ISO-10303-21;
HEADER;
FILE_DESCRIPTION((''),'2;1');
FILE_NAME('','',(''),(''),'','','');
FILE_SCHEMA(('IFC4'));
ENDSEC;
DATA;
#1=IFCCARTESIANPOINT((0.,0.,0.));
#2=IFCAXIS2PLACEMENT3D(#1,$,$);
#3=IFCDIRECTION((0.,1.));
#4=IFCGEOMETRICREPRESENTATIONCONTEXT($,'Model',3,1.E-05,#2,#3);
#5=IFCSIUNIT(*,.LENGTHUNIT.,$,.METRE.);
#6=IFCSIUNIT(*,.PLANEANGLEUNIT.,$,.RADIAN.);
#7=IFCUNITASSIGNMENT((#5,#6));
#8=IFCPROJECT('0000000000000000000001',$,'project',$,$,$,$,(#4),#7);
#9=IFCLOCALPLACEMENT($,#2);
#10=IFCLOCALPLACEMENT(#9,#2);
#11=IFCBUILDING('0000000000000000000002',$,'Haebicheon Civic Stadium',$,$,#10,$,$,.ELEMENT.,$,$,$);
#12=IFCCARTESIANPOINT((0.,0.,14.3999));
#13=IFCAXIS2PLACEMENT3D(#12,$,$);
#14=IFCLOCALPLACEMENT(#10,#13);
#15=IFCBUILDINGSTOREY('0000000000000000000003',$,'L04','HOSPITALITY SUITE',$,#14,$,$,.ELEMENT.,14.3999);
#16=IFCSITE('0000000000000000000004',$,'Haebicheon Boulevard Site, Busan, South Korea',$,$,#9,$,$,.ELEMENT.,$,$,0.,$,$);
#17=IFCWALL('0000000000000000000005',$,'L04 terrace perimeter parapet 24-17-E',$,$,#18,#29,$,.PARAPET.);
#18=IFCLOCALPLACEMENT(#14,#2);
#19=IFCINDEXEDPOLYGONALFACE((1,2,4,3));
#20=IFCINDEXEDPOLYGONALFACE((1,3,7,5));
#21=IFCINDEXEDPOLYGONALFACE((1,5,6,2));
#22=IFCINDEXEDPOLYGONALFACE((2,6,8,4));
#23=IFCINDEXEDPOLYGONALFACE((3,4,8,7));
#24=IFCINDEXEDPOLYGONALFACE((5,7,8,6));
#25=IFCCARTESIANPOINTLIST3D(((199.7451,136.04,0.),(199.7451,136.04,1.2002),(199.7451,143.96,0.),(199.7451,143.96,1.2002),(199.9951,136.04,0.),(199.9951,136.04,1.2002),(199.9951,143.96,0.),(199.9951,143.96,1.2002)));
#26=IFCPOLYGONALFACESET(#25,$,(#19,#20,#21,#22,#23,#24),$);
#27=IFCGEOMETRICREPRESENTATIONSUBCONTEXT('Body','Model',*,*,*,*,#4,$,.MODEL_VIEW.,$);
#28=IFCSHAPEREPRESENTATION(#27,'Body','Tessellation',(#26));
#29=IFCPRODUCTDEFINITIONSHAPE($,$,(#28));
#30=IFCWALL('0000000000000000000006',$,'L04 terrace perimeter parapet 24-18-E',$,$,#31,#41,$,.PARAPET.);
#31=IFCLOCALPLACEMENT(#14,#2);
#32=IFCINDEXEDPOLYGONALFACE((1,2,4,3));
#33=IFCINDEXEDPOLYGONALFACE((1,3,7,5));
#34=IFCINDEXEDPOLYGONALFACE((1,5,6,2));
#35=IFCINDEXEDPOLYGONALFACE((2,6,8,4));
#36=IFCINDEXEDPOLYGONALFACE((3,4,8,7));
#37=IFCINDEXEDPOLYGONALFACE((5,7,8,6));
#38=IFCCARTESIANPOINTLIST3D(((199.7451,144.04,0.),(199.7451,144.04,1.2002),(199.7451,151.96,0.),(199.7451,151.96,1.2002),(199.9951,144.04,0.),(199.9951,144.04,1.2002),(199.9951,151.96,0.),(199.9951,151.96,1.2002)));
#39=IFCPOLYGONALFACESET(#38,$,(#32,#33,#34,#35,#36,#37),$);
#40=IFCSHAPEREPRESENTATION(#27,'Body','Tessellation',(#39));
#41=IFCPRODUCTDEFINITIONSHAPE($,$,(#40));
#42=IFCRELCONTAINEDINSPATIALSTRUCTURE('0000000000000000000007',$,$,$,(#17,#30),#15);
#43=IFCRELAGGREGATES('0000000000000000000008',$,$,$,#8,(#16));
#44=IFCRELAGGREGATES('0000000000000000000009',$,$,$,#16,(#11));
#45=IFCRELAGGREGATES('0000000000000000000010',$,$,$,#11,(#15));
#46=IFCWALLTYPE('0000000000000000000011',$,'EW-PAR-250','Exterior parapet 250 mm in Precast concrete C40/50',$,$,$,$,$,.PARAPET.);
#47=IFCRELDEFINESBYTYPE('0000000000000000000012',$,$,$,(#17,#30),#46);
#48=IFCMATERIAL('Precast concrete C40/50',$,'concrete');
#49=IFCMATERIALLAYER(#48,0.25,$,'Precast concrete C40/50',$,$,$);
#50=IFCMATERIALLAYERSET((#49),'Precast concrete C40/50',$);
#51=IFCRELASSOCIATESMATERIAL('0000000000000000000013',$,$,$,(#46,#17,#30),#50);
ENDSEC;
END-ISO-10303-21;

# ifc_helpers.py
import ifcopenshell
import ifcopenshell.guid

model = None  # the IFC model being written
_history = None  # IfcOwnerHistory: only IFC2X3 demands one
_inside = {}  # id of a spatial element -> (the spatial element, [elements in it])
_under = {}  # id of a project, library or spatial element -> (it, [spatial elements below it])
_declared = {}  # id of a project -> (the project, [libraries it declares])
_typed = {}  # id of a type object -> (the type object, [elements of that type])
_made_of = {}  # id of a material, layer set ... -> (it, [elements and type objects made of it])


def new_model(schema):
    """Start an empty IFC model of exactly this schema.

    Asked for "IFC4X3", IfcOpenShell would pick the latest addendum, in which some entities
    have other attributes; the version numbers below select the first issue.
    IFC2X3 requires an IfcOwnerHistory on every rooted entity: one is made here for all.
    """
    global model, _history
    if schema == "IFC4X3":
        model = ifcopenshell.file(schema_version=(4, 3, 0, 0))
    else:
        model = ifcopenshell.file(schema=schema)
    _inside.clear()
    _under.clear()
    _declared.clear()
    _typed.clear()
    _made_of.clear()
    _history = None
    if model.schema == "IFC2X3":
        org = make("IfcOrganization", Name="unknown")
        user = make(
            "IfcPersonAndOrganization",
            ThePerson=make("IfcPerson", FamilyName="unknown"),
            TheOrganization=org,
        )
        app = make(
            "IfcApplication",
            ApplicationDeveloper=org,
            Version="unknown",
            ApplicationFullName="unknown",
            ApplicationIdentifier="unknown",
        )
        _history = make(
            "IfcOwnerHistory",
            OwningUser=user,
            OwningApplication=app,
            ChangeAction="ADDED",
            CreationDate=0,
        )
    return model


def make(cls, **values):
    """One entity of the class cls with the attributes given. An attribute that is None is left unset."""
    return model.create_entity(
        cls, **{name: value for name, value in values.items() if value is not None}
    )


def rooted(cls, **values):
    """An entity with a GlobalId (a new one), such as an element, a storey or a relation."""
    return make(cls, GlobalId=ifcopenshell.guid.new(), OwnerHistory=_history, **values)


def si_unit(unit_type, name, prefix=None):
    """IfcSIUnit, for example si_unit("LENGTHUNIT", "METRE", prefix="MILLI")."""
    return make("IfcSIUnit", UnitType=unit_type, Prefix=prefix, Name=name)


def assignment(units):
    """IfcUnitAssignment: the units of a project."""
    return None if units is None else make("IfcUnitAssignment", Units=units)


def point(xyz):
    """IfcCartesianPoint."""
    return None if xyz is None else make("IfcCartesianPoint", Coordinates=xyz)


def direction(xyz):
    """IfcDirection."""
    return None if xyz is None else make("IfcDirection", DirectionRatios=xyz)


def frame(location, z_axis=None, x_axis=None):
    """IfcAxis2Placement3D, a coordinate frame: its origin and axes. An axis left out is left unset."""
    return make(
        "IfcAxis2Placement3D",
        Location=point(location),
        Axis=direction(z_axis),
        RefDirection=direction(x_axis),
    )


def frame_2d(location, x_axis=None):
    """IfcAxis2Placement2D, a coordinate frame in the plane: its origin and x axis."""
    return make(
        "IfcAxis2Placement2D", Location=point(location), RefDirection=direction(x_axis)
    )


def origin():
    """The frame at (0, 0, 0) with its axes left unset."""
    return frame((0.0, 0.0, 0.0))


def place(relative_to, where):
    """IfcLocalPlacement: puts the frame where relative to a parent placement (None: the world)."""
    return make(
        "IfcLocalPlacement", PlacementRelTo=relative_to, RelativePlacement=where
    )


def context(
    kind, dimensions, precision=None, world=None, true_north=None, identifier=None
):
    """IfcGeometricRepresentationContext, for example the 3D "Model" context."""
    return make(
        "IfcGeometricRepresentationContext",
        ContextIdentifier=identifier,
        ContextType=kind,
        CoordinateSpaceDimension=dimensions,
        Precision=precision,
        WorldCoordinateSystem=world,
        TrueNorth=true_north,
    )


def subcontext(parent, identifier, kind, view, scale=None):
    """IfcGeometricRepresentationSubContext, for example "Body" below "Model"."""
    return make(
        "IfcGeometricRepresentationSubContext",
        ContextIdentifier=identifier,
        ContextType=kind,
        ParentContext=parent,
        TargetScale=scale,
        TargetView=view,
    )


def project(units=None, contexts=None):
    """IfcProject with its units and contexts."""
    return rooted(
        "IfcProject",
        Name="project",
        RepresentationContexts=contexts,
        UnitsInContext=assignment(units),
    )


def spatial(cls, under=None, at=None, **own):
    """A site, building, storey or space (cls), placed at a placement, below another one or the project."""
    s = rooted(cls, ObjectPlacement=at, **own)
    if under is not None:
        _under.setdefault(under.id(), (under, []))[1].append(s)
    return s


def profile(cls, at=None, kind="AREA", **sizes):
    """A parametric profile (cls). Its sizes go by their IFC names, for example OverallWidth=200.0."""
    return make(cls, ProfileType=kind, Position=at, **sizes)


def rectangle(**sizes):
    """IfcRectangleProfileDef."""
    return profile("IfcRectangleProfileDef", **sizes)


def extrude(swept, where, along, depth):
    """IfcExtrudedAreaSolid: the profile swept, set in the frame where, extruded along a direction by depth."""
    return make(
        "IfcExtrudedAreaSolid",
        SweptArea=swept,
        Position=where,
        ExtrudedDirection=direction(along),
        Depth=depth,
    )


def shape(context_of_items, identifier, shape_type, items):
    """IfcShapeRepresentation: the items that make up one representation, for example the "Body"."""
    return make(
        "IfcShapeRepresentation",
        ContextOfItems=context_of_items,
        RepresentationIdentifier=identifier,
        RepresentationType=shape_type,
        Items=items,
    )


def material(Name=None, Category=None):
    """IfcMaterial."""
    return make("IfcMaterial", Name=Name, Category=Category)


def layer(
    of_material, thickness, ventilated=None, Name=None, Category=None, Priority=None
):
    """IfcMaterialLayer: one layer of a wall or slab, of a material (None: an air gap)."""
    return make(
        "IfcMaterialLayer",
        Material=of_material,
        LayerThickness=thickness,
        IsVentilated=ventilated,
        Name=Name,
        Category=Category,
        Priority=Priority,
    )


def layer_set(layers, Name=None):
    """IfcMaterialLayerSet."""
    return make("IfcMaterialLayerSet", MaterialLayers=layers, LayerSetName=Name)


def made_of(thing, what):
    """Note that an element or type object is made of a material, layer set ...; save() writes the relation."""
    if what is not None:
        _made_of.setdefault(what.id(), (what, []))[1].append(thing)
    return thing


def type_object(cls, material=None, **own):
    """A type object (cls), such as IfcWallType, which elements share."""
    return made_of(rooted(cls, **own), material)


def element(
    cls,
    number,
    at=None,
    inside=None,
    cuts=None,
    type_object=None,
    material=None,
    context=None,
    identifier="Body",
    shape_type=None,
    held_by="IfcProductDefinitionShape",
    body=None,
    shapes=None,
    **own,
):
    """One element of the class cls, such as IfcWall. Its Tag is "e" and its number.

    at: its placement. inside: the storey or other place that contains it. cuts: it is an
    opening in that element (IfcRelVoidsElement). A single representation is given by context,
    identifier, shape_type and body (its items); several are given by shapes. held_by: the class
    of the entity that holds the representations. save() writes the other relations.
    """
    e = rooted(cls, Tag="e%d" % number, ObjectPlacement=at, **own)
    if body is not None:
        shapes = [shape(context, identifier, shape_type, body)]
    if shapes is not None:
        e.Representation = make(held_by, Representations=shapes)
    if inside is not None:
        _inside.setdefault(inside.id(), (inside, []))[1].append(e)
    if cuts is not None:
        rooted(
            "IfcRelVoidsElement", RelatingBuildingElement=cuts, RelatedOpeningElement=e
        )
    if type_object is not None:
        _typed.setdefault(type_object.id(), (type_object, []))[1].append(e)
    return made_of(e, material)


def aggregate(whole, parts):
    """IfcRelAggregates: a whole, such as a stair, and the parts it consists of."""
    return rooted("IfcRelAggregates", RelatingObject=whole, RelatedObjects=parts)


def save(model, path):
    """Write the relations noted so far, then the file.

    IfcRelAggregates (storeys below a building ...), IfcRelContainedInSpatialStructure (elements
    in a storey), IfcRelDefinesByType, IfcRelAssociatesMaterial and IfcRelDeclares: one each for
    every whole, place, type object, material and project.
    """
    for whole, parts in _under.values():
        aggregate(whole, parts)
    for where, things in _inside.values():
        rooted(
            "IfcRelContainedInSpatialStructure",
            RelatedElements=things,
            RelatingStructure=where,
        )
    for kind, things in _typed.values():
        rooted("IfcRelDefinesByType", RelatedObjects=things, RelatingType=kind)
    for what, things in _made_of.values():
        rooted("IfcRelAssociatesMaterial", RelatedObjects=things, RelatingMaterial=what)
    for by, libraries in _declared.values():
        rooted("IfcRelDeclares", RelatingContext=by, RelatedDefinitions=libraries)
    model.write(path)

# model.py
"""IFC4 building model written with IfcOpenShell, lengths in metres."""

from ifc_helpers import new_model, si_unit, direction, frame, frame_2d, origin, place, context, subcontext, project, spatial, rectangle, extrude, material, layer, layer_set, type_object, element, save


model = new_model("IFC4")

# Units and contexts
model_context = context("Model", 3, precision=1e-05, world=origin(), true_north=direction((0.0, 1.0)))
body_context = subcontext(model_context, "Body", "Model", "MODEL_VIEW")
ifc_project = project(units=[si_unit("LENGTHUNIT", "METRE"), si_unit("PLANEANGLEUNIT", "RADIAN")], contexts=[model_context])

# Site, building, storey
site_placement = place(None, origin())
site = spatial("IfcSite", under=ifc_project, at=site_placement, Name="Haebicheon Boulevard Site, Busan, South Korea", CompositionType="ELEMENT", RefElevation=0.0)
building_placement = place(site_placement, origin())
building = spatial("IfcBuilding", under=site, at=building_placement, Name="Haebicheon Civic Stadium", CompositionType="ELEMENT")
storey_placement = place(building_placement, frame((0.0, 0.0, 14.3999)))
storey = spatial("IfcBuildingStorey", under=building, at=storey_placement, Name="L04", Description="HOSPITALITY SUITE", CompositionType="ELEMENT", Elevation=14.3999)

# Walls
ifc_material_1 = material(Name="Precast concrete C40/50", Category="concrete")
ifc_layer_1 = layer(ifc_material_1, 0.25, Name="Precast concrete C40/50")
ifc_layer_set_1 = layer_set([ifc_layer_1], Name="Precast concrete C40/50")
wall_type_1 = type_object("IfcWallType", Name="EW-PAR-250", Description="Exterior parapet 250 mm in Precast concrete C40/50", PredefinedType="PARAPET", material=ifc_layer_set_1)
for number, where, z_axis, x_axis, name in (
    (1, (199.8701, 136.04, 0.0), (0.0, 0.0, 1.0), (0.0, 1.0, 0.0), "L04 terrace perimeter parapet 24-17-E"),
    (2, (199.8701, 144.04, 0.0), (0.0, 0.0, 1.0), (0.0, 1.0, 0.0), "L04 terrace perimeter parapet 24-18-E"),
):
    element("IfcWall", number, at=place(storey_placement, frame(where, z_axis=z_axis, x_axis=x_axis)), inside=storey, type_object=wall_type_1, material=ifc_layer_set_1, Name=name, PredefinedType="PARAPET", context=body_context, shape_type="SweptSolid", body=[
        extrude(rectangle(XDim=7.9199, YDim=0.25, at=frame_2d((3.96, 0.0))), origin(), (0.0, 0.0, 1.0), 1.2002),
    ])

save(model, "model.ifc")
